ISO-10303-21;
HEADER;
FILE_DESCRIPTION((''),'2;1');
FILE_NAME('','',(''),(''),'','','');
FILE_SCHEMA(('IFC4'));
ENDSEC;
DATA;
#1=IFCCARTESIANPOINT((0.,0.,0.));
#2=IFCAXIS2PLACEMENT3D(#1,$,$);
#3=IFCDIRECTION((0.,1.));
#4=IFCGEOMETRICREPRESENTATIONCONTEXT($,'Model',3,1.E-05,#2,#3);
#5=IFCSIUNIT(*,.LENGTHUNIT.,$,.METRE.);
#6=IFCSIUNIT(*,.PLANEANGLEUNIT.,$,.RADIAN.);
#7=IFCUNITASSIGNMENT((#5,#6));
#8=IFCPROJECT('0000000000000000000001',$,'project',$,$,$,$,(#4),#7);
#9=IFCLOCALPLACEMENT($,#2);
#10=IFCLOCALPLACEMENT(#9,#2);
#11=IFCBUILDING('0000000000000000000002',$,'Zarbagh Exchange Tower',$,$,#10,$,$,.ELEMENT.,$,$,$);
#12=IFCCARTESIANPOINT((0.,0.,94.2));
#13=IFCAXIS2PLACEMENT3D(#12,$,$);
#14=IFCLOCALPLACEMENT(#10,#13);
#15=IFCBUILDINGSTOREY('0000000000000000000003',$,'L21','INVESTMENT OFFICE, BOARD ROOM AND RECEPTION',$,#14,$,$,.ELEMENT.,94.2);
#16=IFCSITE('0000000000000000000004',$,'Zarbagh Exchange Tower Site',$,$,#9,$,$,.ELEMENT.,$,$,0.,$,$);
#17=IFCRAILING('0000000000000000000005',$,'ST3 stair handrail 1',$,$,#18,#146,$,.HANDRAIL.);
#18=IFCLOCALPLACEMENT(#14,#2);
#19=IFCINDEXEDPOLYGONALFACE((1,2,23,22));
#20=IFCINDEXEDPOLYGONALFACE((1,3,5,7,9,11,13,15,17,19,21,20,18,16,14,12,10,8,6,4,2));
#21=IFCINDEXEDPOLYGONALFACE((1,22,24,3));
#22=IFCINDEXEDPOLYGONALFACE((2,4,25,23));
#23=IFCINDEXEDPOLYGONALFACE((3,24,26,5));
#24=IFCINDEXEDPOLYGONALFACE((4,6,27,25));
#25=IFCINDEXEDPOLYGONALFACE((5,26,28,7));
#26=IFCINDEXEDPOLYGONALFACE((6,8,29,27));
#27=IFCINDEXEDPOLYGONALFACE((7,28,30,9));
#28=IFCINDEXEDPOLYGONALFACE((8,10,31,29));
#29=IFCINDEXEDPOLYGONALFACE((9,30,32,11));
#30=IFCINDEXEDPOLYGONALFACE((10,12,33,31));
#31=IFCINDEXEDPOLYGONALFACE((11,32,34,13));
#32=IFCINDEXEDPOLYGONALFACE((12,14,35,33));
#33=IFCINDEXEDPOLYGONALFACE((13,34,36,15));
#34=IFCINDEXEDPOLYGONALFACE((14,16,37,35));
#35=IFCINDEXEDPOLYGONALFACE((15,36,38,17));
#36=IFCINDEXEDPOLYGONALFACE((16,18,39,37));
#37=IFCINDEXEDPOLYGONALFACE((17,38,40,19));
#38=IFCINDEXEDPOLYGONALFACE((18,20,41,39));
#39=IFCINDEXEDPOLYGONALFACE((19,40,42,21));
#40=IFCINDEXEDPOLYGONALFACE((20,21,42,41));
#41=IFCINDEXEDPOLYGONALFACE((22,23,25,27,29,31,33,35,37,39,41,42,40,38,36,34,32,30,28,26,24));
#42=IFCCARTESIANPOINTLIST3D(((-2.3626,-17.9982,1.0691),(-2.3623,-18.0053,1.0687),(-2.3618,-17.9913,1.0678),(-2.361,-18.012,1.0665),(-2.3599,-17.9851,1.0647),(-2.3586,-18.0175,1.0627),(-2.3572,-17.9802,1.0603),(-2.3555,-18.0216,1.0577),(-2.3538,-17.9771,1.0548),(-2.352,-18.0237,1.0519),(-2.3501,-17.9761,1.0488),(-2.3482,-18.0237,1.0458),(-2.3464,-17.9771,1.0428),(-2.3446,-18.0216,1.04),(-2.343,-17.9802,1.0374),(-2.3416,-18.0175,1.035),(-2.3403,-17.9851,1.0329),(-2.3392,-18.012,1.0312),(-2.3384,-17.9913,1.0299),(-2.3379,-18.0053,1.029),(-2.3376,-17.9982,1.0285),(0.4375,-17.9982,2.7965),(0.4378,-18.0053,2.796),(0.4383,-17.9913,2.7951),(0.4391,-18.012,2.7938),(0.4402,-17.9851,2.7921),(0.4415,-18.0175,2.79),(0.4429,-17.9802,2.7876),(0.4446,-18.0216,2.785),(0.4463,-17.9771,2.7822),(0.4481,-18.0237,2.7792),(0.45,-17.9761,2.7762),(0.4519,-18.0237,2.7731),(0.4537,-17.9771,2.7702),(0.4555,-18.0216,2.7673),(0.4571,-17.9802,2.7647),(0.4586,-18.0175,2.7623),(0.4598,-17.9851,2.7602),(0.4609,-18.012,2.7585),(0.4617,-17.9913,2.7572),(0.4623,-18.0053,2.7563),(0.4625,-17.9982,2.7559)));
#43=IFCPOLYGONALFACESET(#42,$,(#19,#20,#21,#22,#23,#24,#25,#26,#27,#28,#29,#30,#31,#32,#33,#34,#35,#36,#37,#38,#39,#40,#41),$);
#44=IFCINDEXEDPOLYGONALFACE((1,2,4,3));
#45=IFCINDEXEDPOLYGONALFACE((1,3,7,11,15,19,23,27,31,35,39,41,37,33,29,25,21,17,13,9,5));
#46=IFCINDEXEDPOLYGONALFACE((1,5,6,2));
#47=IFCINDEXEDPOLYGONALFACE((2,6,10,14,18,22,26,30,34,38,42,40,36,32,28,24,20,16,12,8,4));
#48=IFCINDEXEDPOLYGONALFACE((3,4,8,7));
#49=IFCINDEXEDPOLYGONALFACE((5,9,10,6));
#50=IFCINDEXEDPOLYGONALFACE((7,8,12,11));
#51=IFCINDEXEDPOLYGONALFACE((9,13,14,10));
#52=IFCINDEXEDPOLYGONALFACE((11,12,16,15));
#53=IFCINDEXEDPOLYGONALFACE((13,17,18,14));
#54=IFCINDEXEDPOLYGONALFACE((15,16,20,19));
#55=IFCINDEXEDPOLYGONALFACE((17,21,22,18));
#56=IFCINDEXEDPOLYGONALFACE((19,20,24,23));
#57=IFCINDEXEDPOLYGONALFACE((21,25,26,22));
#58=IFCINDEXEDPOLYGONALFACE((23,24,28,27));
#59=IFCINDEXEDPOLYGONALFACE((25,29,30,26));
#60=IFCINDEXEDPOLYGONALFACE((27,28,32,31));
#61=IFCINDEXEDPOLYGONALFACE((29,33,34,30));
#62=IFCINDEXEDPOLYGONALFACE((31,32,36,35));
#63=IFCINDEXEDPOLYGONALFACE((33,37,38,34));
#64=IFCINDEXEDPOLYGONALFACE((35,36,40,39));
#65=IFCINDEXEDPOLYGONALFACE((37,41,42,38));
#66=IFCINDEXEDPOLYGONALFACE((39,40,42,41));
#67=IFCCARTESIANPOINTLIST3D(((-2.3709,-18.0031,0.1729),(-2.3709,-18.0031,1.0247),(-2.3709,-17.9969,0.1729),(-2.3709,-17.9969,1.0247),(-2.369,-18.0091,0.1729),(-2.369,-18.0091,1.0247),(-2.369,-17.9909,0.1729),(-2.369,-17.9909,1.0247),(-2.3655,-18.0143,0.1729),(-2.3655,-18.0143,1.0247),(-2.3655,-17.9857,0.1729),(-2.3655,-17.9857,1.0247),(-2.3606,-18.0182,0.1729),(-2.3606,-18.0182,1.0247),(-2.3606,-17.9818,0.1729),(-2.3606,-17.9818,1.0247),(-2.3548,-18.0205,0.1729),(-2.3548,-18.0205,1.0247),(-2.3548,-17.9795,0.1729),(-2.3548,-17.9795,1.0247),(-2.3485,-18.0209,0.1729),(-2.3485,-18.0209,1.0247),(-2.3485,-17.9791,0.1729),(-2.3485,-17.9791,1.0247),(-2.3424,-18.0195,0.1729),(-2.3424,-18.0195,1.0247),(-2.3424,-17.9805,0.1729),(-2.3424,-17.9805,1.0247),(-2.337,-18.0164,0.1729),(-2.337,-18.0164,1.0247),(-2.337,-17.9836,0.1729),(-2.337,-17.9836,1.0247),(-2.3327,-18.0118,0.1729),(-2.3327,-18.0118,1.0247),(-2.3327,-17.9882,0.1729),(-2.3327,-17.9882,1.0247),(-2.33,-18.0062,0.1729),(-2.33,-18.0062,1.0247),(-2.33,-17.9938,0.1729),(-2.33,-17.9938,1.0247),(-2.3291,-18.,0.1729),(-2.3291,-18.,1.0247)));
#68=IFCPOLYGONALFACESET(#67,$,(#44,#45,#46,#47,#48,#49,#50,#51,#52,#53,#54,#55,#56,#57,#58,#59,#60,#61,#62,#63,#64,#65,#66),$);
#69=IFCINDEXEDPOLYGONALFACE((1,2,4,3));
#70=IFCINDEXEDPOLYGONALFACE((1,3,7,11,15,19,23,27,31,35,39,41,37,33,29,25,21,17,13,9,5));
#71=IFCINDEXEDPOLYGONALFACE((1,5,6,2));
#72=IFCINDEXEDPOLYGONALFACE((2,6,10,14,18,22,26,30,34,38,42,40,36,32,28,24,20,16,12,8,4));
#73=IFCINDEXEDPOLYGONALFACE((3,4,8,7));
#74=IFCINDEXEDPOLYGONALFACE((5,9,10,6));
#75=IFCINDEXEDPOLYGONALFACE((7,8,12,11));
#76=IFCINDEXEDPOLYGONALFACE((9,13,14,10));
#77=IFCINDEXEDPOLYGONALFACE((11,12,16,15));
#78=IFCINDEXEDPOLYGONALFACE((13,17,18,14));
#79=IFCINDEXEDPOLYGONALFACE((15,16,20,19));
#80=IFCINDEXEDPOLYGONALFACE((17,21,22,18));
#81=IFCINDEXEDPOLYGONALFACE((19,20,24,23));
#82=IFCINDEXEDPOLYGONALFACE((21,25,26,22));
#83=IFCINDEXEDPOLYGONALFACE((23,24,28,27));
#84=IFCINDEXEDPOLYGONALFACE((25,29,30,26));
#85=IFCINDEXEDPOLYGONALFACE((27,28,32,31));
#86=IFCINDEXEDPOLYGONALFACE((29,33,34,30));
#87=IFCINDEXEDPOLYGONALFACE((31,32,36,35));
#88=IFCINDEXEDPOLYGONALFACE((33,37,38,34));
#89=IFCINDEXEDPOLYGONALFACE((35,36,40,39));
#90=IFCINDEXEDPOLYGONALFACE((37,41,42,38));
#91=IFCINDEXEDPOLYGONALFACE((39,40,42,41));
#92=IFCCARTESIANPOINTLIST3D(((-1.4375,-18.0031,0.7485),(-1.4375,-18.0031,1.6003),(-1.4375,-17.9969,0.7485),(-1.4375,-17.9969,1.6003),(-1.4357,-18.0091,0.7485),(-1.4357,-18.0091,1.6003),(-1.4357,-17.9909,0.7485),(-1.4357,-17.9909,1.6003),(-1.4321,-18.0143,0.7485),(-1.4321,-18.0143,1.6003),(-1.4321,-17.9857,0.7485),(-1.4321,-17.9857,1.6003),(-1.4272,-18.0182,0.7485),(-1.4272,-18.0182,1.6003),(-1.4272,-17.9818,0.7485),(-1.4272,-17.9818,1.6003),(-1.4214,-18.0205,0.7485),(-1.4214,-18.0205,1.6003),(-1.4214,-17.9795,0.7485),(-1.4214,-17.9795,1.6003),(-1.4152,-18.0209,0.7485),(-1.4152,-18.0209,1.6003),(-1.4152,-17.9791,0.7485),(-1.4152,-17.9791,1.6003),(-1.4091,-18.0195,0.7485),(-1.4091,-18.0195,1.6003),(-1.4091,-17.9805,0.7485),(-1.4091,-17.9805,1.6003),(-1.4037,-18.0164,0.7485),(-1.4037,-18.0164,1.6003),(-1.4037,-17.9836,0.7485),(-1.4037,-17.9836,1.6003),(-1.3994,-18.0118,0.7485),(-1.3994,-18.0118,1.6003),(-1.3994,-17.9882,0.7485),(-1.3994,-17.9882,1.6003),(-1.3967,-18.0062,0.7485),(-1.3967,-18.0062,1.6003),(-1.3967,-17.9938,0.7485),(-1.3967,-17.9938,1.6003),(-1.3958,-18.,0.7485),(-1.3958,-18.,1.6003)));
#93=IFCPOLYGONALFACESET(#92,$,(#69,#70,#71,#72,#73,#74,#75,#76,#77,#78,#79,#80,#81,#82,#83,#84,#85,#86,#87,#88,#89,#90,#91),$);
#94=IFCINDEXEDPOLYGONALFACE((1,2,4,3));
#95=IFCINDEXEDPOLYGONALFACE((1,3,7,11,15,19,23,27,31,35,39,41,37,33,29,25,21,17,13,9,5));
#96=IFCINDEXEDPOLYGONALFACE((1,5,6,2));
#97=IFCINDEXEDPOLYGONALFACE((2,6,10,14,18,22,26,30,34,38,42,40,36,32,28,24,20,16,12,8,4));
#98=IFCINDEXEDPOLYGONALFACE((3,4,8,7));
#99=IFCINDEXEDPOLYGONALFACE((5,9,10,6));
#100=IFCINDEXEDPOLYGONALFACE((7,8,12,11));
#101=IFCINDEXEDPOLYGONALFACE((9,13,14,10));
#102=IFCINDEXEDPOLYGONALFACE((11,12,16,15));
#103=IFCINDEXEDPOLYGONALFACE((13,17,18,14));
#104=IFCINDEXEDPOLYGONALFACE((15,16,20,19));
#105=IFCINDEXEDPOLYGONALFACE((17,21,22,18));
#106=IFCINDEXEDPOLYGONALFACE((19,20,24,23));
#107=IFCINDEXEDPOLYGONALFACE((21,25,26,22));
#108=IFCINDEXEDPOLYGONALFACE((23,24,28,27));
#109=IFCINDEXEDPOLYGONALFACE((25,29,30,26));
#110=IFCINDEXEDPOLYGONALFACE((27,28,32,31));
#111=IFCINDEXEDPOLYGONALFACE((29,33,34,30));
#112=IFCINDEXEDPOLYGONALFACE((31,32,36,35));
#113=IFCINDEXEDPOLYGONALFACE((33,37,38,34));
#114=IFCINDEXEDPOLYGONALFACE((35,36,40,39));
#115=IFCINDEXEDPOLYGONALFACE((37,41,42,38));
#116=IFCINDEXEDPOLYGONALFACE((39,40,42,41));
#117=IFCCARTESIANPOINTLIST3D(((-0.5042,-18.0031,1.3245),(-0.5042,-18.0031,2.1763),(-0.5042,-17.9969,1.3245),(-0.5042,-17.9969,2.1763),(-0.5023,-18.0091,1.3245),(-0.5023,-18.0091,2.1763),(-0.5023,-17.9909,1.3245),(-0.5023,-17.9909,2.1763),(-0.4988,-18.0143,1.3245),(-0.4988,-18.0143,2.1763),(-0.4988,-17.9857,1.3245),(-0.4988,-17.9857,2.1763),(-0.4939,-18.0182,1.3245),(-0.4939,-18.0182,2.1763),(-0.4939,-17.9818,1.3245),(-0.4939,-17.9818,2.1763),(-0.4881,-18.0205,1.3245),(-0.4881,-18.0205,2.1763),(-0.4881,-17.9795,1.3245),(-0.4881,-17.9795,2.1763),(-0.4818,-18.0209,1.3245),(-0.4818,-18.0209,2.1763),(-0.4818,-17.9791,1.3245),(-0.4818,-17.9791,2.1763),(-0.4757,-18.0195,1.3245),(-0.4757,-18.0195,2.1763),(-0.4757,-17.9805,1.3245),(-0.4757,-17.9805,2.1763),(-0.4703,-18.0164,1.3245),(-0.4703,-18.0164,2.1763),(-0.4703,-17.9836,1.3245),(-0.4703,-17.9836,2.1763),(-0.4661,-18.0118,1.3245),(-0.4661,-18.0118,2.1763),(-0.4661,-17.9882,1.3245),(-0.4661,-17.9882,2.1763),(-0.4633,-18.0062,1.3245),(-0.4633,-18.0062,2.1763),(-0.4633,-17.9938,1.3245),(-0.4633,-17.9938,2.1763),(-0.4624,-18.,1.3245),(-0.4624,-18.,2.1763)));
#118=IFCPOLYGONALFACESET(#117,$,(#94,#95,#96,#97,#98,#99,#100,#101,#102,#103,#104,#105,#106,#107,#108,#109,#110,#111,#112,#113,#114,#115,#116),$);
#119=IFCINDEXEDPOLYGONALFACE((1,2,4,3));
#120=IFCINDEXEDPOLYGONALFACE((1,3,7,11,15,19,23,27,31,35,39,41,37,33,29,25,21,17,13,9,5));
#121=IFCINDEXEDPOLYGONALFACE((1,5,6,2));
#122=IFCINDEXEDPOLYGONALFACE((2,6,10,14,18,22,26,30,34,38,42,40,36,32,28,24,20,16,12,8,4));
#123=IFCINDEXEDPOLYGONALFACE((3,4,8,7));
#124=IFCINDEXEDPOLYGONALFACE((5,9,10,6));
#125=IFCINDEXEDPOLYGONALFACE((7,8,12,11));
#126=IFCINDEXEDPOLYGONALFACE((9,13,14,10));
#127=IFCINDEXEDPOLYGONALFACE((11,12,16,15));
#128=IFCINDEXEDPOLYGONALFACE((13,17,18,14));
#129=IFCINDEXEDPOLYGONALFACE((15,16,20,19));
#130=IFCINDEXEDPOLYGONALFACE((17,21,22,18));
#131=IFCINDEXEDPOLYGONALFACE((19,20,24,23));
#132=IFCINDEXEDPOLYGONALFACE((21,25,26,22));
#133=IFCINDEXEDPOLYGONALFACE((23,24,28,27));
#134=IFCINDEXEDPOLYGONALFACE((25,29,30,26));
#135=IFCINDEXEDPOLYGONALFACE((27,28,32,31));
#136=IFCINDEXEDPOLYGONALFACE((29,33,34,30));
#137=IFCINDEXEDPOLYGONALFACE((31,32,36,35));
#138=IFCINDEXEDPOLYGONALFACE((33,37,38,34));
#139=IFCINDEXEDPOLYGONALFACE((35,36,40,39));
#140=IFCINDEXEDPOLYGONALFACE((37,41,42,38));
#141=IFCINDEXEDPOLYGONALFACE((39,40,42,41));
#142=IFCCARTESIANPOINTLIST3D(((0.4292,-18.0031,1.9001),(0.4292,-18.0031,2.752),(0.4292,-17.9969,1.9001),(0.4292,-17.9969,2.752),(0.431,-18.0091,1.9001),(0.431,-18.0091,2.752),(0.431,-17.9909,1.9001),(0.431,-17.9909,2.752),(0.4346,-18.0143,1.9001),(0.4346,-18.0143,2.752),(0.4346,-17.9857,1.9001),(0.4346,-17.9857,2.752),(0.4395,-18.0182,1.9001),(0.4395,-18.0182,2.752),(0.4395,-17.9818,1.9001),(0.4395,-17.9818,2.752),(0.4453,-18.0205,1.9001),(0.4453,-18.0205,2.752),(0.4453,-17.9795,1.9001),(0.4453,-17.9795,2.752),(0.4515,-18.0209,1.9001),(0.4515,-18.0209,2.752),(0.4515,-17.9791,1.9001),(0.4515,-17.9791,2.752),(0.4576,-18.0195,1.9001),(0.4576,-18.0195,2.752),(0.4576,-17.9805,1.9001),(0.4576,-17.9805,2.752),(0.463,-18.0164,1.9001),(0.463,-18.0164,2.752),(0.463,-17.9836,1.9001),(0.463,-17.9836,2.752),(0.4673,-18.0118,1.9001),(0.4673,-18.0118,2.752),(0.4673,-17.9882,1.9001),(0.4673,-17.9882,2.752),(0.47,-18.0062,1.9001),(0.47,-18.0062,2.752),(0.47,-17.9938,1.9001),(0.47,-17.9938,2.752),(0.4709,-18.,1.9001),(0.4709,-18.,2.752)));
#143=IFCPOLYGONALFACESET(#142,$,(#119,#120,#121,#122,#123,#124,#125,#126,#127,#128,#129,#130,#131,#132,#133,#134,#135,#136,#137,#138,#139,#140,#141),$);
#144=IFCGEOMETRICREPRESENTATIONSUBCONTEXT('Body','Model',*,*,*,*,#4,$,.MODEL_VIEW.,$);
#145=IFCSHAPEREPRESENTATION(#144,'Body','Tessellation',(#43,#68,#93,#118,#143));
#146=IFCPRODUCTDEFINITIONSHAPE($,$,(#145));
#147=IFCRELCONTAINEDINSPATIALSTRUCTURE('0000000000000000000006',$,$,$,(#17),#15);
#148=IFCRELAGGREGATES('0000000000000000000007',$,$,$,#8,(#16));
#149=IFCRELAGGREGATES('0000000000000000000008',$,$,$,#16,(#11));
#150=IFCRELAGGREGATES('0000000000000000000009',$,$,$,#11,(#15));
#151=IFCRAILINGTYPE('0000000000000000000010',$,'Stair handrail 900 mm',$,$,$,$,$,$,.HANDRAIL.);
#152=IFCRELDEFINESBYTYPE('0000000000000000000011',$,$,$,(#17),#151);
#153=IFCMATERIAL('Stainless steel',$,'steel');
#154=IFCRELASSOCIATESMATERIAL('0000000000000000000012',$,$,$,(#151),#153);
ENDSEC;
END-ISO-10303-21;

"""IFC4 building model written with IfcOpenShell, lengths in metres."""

from ifc_helpers import new_model, si_unit, direction, frame, origin, origin_2d, place, context, subcontext, project, spatial, circle, extrude, material, type_object, element, save


model = new_model("IFC4")

# Units and contexts
model_context = context("Model", 3, precision=1e-05, world=origin(), true_north=direction((0.0, 1.0)))
body_context = subcontext(model_context, "Body", "Model", "MODEL_VIEW")
ifc_project = project(units=[si_unit("LENGTHUNIT", "METRE"), si_unit("PLANEANGLEUNIT", "RADIAN")], contexts=[model_context])

# Site, building, storey
site_placement = place(None, origin())
site = spatial("IfcSite", under=ifc_project, at=site_placement, Name="Zarbagh Exchange Tower Site", CompositionType="ELEMENT", RefElevation=0.0)
building_placement = place(site_placement, origin())
building = spatial("IfcBuilding", under=site, at=building_placement, Name="Zarbagh Exchange Tower", CompositionType="ELEMENT")
storey_placement = place(building_placement, frame((0.0, 0.0, 94.2)))
storey = spatial("IfcBuildingStorey", under=building, at=storey_placement, Name="L21", Description="INVESTMENT OFFICE, BOARD ROOM AND RECEPTION", CompositionType="ELEMENT", Elevation=94.2)

# Shared definitions
ifc_material_1 = material(Name="Stainless steel", Category="steel")

# Railing
railing_type = type_object("IfcRailingType", Name="Stair handrail 900 mm", PredefinedType="HANDRAIL", material=ifc_material_1)
for number, where, name in (
    (1, (-2.3501, -18.0, 0.1729), "ST3 stair handrail 1"),
):
    element("IfcRailing", number, at=place(storey_placement, frame(where)), inside=storey, type_object=railing_type, Name=name, PredefinedType="HANDRAIL", context=body_context, shape_type="SweptSolid", body=[
        extrude(circle(Radius=0.0239, at=origin_2d()), frame((0.0, 0.0, 0.876), z_axis=(0.85109, 0.0, 0.52502), x_axis=(0.0, 1.0, 0.0)), (0.0, 0.0, 1.0), 3.29),
        extrude(circle(Radius=0.021, at=origin_2d()), origin(), (0.0, 0.0, 1.0), 0.8518),
        extrude(circle(Radius=0.021, at=origin_2d()), frame((0.9333, 0.0, 0.5757)), (0.0, 0.0, 1.0), 0.8518),
        extrude(circle(Radius=0.021, at=origin_2d()), frame((1.8667, 0.0, 1.1516)), (0.0, 0.0, 1.0), 0.8518),
        extrude(circle(Radius=0.021, at=origin_2d()), frame((2.8, 0.0, 1.7273)), (0.0, 0.0, 1.0), 0.8518),
    ])

save(model, "model.ifc")
